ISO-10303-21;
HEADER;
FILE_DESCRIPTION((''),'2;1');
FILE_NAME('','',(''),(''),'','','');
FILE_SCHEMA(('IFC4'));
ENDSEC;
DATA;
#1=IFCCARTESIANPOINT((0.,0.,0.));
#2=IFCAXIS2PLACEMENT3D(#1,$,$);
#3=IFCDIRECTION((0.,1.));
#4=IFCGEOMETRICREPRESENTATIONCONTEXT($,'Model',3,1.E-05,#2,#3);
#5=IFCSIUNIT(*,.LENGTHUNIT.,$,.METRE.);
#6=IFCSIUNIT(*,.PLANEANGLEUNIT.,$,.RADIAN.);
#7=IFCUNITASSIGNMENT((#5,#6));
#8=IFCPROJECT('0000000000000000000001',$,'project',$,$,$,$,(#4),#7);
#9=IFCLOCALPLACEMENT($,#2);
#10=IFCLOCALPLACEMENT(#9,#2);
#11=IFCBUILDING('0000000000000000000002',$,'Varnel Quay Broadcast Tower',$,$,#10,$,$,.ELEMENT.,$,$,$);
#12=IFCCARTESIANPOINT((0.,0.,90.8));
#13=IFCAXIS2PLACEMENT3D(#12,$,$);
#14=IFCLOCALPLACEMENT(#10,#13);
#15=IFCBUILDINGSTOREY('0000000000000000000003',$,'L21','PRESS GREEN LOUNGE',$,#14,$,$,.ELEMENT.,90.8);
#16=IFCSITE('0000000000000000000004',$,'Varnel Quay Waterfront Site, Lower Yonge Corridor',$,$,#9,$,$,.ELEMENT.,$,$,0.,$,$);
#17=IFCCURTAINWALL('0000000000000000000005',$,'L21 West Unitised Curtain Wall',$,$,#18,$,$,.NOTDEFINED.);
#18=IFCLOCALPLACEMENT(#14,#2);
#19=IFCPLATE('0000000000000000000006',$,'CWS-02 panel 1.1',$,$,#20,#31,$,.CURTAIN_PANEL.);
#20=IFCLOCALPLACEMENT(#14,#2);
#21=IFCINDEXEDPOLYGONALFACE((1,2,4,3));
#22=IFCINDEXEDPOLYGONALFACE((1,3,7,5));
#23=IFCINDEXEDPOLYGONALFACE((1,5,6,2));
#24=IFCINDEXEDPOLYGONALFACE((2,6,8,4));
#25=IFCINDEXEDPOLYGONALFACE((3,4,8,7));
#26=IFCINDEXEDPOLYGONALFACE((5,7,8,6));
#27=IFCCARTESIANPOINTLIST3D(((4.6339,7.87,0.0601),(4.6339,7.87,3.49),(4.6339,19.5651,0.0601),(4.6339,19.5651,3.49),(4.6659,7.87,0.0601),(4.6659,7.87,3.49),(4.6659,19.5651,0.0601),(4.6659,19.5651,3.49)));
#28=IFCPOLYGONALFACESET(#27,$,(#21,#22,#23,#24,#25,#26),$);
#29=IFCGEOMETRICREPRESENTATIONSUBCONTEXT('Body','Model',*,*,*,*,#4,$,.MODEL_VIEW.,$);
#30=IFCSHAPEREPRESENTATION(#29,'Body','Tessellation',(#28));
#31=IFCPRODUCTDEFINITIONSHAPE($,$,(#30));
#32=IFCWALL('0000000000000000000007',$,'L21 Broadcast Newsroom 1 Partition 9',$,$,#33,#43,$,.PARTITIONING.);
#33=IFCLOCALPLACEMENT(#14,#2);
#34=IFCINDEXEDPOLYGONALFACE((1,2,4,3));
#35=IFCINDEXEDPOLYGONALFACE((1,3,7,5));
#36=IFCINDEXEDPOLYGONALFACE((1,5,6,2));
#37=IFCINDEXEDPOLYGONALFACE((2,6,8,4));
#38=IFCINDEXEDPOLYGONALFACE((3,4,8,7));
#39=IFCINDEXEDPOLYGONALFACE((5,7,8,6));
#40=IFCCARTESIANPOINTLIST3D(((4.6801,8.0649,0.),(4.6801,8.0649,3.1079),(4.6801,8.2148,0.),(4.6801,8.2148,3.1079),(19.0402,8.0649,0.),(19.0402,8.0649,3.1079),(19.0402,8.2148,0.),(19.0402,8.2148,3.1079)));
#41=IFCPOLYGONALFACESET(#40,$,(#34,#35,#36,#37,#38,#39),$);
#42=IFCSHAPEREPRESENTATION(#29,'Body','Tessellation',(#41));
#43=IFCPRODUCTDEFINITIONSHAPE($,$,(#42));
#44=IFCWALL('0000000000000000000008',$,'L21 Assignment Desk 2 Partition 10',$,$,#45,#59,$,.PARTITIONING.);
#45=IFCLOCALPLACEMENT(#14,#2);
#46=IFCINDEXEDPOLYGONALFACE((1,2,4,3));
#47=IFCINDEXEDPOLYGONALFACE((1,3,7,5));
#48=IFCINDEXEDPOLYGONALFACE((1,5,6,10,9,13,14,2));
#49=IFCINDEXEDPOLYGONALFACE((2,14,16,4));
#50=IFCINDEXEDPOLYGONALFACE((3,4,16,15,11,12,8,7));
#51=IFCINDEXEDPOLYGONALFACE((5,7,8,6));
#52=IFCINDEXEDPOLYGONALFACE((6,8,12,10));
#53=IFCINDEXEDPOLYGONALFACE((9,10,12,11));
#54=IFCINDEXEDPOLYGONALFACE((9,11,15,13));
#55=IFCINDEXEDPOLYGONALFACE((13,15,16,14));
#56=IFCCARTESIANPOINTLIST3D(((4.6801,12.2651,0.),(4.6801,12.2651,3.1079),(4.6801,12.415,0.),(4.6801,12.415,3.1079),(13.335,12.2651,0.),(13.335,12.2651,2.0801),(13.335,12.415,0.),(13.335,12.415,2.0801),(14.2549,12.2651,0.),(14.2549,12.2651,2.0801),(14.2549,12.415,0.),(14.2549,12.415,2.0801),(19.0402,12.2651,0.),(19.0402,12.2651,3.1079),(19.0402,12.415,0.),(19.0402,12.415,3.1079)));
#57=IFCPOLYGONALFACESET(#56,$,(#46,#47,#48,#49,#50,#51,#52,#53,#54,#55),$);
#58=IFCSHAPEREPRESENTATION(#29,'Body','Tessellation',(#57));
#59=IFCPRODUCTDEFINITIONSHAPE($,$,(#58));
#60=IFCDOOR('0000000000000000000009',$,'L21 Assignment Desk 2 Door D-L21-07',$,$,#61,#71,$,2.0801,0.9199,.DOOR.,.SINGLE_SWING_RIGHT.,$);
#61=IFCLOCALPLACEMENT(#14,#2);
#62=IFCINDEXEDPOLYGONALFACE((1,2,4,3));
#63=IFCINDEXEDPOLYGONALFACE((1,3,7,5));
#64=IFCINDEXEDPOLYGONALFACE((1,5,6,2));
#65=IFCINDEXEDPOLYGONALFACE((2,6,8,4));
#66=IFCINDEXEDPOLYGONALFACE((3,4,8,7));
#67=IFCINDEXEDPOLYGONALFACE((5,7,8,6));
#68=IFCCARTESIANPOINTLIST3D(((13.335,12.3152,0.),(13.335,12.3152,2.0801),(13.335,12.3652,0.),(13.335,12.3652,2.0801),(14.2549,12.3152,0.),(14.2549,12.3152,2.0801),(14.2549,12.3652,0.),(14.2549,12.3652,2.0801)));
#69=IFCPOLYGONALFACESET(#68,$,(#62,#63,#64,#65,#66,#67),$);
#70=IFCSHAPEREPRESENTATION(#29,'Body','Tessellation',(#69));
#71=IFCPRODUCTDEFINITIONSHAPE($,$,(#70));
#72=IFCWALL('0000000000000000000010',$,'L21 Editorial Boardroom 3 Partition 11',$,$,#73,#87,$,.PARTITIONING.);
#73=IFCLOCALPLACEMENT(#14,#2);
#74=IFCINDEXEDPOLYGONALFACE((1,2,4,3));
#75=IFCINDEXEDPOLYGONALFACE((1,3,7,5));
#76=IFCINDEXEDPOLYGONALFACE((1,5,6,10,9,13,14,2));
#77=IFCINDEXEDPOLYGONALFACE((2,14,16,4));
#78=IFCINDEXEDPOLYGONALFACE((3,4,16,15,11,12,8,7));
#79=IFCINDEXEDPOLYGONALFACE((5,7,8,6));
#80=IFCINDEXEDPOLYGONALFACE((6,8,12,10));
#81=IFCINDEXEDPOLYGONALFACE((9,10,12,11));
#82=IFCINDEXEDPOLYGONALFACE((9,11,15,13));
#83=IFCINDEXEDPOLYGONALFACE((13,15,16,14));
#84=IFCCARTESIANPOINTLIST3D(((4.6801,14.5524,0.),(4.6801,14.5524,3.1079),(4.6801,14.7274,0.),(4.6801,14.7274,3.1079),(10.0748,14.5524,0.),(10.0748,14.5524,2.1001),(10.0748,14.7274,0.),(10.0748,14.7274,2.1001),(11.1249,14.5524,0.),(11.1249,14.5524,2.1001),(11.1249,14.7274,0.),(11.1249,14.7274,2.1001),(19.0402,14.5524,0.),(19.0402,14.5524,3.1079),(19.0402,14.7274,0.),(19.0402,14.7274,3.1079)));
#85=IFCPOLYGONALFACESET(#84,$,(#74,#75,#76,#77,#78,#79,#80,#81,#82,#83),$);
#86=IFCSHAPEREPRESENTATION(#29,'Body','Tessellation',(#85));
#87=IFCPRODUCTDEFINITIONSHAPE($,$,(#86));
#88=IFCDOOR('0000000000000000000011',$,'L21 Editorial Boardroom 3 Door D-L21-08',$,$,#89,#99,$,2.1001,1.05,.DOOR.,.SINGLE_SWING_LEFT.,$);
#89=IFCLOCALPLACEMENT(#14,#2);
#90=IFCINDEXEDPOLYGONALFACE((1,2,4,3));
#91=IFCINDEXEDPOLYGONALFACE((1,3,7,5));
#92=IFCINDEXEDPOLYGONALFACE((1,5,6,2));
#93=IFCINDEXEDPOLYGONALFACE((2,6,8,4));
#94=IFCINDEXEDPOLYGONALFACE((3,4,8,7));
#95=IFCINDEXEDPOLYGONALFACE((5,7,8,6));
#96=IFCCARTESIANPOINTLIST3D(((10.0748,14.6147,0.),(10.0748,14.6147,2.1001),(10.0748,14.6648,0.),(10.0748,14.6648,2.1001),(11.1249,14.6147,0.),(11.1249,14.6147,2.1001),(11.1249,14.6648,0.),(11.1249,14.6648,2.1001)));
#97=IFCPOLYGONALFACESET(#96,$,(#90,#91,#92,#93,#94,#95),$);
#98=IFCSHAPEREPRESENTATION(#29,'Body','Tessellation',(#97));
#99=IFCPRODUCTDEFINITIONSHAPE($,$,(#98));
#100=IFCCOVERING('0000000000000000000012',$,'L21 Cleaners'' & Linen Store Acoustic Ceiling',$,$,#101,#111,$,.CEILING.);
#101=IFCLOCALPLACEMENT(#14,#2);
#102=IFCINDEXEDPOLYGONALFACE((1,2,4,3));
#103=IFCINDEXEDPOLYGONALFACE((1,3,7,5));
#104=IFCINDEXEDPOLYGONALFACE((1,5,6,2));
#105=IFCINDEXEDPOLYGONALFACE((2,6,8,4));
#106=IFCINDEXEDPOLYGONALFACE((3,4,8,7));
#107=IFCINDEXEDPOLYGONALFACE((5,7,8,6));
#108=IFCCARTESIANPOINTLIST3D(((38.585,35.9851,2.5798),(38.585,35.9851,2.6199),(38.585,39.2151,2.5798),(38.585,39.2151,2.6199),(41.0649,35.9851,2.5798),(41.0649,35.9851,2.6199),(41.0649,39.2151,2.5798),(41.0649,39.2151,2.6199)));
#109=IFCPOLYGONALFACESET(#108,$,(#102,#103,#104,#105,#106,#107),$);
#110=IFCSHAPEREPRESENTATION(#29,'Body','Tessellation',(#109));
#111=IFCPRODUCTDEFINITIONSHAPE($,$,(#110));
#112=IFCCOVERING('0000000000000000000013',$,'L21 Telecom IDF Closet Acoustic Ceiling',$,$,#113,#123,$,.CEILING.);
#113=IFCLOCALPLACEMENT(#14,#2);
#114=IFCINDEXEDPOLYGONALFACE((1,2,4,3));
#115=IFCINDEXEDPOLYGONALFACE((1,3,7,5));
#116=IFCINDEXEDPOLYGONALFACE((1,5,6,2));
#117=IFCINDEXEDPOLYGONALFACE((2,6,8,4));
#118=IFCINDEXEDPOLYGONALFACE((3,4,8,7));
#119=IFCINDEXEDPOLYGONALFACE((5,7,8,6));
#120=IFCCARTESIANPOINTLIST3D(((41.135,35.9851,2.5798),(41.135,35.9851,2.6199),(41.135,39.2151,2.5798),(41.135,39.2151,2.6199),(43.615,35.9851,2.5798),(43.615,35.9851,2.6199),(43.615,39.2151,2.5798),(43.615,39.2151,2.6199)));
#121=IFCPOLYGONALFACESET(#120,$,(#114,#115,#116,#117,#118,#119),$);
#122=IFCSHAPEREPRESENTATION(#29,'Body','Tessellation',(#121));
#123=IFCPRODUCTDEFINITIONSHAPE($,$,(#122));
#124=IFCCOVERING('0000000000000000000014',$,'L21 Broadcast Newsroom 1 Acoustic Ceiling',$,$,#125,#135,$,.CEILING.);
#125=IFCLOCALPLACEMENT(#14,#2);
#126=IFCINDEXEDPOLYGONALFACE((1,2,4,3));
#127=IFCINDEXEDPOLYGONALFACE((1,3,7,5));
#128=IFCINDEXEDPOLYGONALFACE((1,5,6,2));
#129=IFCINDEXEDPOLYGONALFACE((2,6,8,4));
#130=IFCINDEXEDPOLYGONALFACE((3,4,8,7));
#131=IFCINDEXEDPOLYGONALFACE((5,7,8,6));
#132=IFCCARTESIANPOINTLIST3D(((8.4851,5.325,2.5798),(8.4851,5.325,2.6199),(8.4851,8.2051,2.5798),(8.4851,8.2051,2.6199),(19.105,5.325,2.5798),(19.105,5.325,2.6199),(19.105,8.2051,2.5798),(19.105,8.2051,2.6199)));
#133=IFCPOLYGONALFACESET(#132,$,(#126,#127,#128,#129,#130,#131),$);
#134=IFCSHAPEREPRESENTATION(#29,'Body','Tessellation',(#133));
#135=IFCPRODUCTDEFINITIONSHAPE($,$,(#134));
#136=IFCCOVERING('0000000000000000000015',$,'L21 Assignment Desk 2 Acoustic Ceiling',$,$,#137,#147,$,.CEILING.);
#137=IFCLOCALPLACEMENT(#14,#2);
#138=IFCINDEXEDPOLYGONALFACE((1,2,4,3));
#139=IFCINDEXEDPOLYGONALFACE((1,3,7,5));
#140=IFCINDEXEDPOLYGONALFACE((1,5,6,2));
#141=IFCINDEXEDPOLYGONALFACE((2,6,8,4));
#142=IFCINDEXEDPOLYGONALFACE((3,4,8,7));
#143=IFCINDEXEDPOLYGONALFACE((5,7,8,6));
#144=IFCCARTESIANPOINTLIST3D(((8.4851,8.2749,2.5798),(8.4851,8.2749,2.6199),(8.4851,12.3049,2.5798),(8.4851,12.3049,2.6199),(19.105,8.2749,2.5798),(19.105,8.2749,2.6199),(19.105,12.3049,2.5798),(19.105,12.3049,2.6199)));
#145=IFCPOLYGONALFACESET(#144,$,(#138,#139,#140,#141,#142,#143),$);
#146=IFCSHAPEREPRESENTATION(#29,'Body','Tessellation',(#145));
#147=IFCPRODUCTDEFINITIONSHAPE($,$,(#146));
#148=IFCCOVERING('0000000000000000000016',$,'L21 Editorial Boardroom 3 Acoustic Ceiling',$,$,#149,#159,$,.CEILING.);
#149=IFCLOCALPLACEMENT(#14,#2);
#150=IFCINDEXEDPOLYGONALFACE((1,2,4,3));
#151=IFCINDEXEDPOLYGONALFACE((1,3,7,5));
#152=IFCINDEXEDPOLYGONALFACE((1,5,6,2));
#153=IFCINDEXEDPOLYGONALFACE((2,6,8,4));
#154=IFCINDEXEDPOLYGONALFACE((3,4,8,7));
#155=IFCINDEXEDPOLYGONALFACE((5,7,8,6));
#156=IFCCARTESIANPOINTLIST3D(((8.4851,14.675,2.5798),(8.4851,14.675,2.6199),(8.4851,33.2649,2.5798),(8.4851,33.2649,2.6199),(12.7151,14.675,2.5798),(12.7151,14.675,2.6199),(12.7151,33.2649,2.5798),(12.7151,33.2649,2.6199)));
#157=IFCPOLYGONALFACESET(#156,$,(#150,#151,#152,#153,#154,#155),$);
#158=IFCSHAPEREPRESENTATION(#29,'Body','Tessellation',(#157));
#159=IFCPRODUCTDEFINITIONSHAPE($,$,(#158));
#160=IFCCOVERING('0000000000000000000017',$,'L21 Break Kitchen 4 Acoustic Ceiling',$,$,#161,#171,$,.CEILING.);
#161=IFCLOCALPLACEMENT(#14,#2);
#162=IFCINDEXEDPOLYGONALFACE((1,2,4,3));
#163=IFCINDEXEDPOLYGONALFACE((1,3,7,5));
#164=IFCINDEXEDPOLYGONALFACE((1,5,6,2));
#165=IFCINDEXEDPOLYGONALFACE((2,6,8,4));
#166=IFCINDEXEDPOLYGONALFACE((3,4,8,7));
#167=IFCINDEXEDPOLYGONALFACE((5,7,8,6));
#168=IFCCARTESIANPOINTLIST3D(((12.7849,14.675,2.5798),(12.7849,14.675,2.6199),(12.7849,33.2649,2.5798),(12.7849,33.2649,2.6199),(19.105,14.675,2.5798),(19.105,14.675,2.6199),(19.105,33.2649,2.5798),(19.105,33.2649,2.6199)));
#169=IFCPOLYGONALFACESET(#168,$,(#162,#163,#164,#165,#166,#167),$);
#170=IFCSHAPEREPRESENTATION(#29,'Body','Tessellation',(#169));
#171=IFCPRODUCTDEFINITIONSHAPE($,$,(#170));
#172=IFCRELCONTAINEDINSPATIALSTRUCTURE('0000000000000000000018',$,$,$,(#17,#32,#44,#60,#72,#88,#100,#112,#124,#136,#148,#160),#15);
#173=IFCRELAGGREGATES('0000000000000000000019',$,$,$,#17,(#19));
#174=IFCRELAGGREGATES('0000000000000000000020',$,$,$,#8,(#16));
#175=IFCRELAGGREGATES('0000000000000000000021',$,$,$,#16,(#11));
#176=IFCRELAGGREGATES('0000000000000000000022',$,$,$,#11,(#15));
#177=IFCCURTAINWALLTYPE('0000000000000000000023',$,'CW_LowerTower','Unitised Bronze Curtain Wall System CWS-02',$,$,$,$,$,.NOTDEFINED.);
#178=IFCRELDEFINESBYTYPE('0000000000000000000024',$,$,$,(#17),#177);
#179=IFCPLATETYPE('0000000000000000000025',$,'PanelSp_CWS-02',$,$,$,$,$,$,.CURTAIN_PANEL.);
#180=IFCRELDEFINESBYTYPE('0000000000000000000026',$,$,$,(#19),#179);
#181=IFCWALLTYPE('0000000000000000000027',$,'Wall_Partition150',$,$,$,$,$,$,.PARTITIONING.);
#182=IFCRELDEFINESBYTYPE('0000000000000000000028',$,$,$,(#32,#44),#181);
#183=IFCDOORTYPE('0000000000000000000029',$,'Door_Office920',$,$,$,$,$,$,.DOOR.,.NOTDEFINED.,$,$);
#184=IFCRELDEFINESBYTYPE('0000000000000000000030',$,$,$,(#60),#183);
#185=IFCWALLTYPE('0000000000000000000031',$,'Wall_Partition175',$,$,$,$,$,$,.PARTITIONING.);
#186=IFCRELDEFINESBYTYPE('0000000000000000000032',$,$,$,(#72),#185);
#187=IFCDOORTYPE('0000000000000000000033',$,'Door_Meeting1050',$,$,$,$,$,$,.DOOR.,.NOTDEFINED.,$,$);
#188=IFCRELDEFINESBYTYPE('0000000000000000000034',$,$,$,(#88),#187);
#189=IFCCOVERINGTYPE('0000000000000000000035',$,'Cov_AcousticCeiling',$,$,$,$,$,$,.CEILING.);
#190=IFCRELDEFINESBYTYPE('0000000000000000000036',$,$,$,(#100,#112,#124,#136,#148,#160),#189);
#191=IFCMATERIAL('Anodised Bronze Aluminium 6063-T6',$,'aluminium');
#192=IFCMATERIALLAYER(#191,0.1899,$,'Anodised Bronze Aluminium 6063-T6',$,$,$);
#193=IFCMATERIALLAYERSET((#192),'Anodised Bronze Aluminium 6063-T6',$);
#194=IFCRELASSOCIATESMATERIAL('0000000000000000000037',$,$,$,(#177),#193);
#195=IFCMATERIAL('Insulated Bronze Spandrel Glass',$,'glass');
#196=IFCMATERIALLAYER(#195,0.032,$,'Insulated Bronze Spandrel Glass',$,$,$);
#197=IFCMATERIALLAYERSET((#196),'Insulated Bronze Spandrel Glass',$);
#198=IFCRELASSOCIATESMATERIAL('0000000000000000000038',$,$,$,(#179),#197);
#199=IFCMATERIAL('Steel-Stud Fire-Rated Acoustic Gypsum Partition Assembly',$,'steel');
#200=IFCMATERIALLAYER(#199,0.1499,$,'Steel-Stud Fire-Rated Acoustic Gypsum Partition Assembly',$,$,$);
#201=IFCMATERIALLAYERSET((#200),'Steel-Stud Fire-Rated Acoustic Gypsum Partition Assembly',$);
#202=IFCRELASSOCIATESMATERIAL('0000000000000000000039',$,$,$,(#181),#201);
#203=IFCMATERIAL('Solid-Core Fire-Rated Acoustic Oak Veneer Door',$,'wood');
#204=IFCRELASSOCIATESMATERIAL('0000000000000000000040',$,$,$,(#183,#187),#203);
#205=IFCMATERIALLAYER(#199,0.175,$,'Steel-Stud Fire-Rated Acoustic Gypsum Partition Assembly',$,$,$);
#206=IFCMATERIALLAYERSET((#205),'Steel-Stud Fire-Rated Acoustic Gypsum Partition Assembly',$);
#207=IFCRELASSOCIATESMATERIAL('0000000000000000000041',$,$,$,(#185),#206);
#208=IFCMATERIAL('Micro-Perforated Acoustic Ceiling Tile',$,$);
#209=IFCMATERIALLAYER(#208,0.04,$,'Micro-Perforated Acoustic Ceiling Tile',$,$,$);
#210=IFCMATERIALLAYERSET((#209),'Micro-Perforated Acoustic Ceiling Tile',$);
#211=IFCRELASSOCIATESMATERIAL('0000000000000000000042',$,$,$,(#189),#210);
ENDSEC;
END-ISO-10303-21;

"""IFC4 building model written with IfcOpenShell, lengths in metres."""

from ifc_helpers import new_model, si_unit, direction, frame, frame_2d, origin, origin_2d, place, context, subcontext, project, spatial, polyline, rectangle, outline, extrude, source, transform, mapped, material, layer, layer_set, type_object, type_shapes, element, fill, aggregate, save


model = new_model("IFC4")

# Units and contexts
model_context = context("Model", 3, precision=1e-05, world=origin(), true_north=direction((0.0, 1.0)))
body_context = subcontext(model_context, "Body", "Model", "MODEL_VIEW")
ifc_project = project(units=[si_unit("LENGTHUNIT", "METRE"), si_unit("PLANEANGLEUNIT", "RADIAN")], contexts=[model_context])

# Site, building, storey
site_placement = place(None, origin())
site = spatial("IfcSite", under=ifc_project, at=site_placement, Name="Varnel Quay Waterfront Site, Lower Yonge Corridor", CompositionType="ELEMENT", RefElevation=0.0)
building_placement = place(site_placement, origin())
building = spatial("IfcBuilding", under=site, at=building_placement, Name="Varnel Quay Broadcast Tower", CompositionType="ELEMENT")
storey_placement = place(building_placement, frame((0.0, 0.0, 90.8)))
storey = spatial("IfcBuildingStorey", under=building, at=storey_placement, Name="L21", Description="PRESS GREEN LOUNGE", CompositionType="ELEMENT", Elevation=90.8)

# Curtain wall
ifc_material_1 = material(Name="Anodised Bronze Aluminium 6063-T6", Category="aluminium")
ifc_layer_1 = layer(ifc_material_1, 0.1899, Name="Anodised Bronze Aluminium 6063-T6")
ifc_layer_set_1 = layer_set([ifc_layer_1], Name="Anodised Bronze Aluminium 6063-T6")
curtain_wall_type_1 = type_object("IfcCurtainWallType", Name="CW_LowerTower", Description="Unitised Bronze Curtain Wall System CWS-02", PredefinedType="NOTDEFINED", material=ifc_layer_set_1)
curtain_wall_1_placement = place(storey_placement, origin())
curtain_wall_1 = element("IfcCurtainWall", 1, at=curtain_wall_1_placement, inside=storey, type_object=curtain_wall_type_1, Name="L21 West Unitised Curtain Wall", PredefinedType="NOTDEFINED")

# Plate
ifc_material_2 = material(Name="Insulated Bronze Spandrel Glass", Category="glass")
ifc_layer_2 = layer(ifc_material_2, 0.032, Name="Insulated Bronze Spandrel Glass")
ifc_layer_set_2 = layer_set([ifc_layer_2], Name="Insulated Bronze Spandrel Glass")
plate_type_1 = type_object("IfcPlateType", Name="PanelSp_CWS-02", PredefinedType="CURTAIN_PANEL", material=ifc_layer_set_2)
shared_shape_1 = source(origin(), body_context, "Body", "SweptSolid", [
    extrude(rectangle(XDim=11.6951, YDim=0.032, at=origin_2d()), origin(), (0.0, 0.0, 1.0), 3.4299),
])
type_shapes(plate_type_1, [shared_shape_1])
plate_1_placement = place(storey_placement, frame((4.6499, 13.7175, 0.0601), z_axis=(0.0, 0.0, 1.0), x_axis=(0.0, 1.0, 0.0)))
plate_1 = element("IfcPlate", 2, at=plate_1_placement, type_object=plate_type_1, Name="CWS-02 panel 1.1", PredefinedType="CURTAIN_PANEL", context=body_context, shape_type="MappedRepresentation", body=[
    mapped(shared_shape_1, transform((0.0, 0.0, 0.0), x_axis=(1.0, 0.0, 0.0), y_axis=(0.0, 1.0, 0.0), z_axis=(0.0, 0.0, 1.0), scale=1.0)),
])
aggregate(curtain_wall_1, [plate_1])

# Wall
ifc_material_3 = material(Name="Steel-Stud Fire-Rated Acoustic Gypsum Partition Assembly", Category="steel")
ifc_layer_3 = layer(ifc_material_3, 0.1499, Name="Steel-Stud Fire-Rated Acoustic Gypsum Partition Assembly")
ifc_layer_set_3 = layer_set([ifc_layer_3], Name="Steel-Stud Fire-Rated Acoustic Gypsum Partition Assembly")
wall_type_1 = type_object("IfcWallType", Name="Wall_Partition150", PredefinedType="PARTITIONING", material=ifc_layer_set_3)
wall_1_placement = place(storey_placement, frame((4.6799, 8.1399, 0.0), z_axis=(0.0, 0.0, 1.0), x_axis=(1.0, 0.0, 0.0)))
element("IfcWall", 3, at=wall_1_placement, inside=storey, type_object=wall_type_1, Name="L21 Broadcast Newsroom 1 Partition 9", PredefinedType="PARTITIONING", context=body_context, shape_type="SweptSolid", body=[
    extrude(rectangle(XDim=14.3601, YDim=0.1499, at=frame_2d((7.1802, 0.0))), origin(), (0.0, 0.0, 1.0), 3.1079),
])

# Walls, openings, doors
wall_2_placement = place(storey_placement, frame((4.6799, 12.3401, 0.0), z_axis=(0.0, 0.0, 1.0), x_axis=(1.0, 0.0, 0.0)))
wall_2 = element("IfcWall", 4, at=wall_2_placement, inside=storey, type_object=wall_type_1, Name="L21 Assignment Desk 2 Partition 10", PredefinedType="PARTITIONING", context=body_context, shape_type="SweptSolid", body=[
    extrude(rectangle(XDim=14.3601, YDim=0.1499, at=frame_2d((7.1802, 0.0))), origin(), (0.0, 0.0, 1.0), 3.1079),
])
opening_1_placement = place(wall_2_placement, frame((8.655, 0.0, 0.0)))
opening_1 = element("IfcOpeningElement", 5, at=opening_1_placement, cuts=wall_2, PredefinedType="OPENING", context=body_context, shape_type="SweptSolid", body=[
    extrude(rectangle(XDim=0.9199, YDim=2.0801, at=frame_2d((0.46, 1.04))), frame((0.0, 0.085, 0.0), z_axis=(0.0, -1.0, 0.0), x_axis=(1.0, 0.0, 0.0)), (0.0, 0.0, 1.0), 0.1699),
])
ifc_material_4 = material(Name="Solid-Core Fire-Rated Acoustic Oak Veneer Door", Category="wood")
door_type_1 = type_object("IfcDoorType", Name="Door_Office920", OperationType="NOTDEFINED", PredefinedType="DOOR", material=ifc_material_4)
shared_shape_2 = source(origin(), body_context, "Body", "SweptSolid", [
    extrude(rectangle(XDim=0.9199, YDim=2.0801, at=frame_2d((0.46, 1.04))), frame((0.0, 0.0249, 0.0), z_axis=(0.0, -1.0, 0.0), x_axis=(1.0, 0.0, 0.0)), (0.0, 0.0, 1.0), 0.05),
])
type_shapes(door_type_1, [shared_shape_2])
door_1_placement = place(opening_1_placement, frame((0.9199, 0.0, 0.0), z_axis=(0.0, 0.0, 1.0), x_axis=(-1.0, 0.0, 0.0)))
door_1 = element("IfcDoor", 6, at=door_1_placement, inside=storey, type_object=door_type_1, Name="L21 Assignment Desk 2 Door D-L21-07", OperationType="SINGLE_SWING_RIGHT", OverallHeight=2.0801, OverallWidth=0.9199, PredefinedType="DOOR", context=body_context, shape_type="MappedRepresentation", body=[
    mapped(shared_shape_2, transform((0.0, 0.0, 0.0), x_axis=(1.0, 0.0, 0.0), y_axis=(0.0, 1.0, 0.0), z_axis=(0.0, 0.0, 1.0), scale=1.0)),
])
fill(opening_1, door_1)
ifc_layer_4 = layer(ifc_material_3, 0.175, Name="Steel-Stud Fire-Rated Acoustic Gypsum Partition Assembly")
ifc_layer_set_4 = layer_set([ifc_layer_4], Name="Steel-Stud Fire-Rated Acoustic Gypsum Partition Assembly")
wall_type_2 = type_object("IfcWallType", Name="Wall_Partition175", PredefinedType="PARTITIONING", material=ifc_layer_set_4)
wall_3_placement = place(storey_placement, frame((4.6799, 14.6399, 0.0), z_axis=(0.0, 0.0, 1.0), x_axis=(1.0, 0.0, 0.0)))
wall_3 = element("IfcWall", 7, at=wall_3_placement, inside=storey, type_object=wall_type_2, Name="L21 Editorial Boardroom 3 Partition 11", PredefinedType="PARTITIONING", context=body_context, shape_type="SweptSolid", body=[
    extrude(rectangle(XDim=14.3601, YDim=0.175, at=frame_2d((7.1802, 0.0))), origin(), (0.0, 0.0, 1.0), 3.1079),
])
opening_2_placement = place(wall_3_placement, frame((5.395, 0.0, 0.0)))
opening_2 = element("IfcOpeningElement", 8, at=opening_2_placement, cuts=wall_3, PredefinedType="OPENING", context=body_context, shape_type="SweptSolid", body=[
    extrude(rectangle(XDim=1.05, YDim=2.1001, at=frame_2d((0.5249, 1.05))), frame((0.0, 0.0977, 0.0), z_axis=(0.0, -1.0, 0.0), x_axis=(1.0, 0.0, 0.0)), (0.0, 0.0, 1.0), 0.1951),
])
door_type_2 = type_object("IfcDoorType", Name="Door_Meeting1050", OperationType="NOTDEFINED", PredefinedType="DOOR", material=ifc_material_4)
shared_shape_3 = source(origin(), body_context, "Body", "SweptSolid", [
    extrude(rectangle(XDim=1.05, YDim=2.1001, at=frame_2d((0.5249, 1.05))), frame((0.0, 0.0249, 0.0), z_axis=(0.0, -1.0, 0.0), x_axis=(1.0, 0.0, 0.0)), (0.0, 0.0, 1.0), 0.05),
])
type_shapes(door_type_2, [shared_shape_3])
door_2_placement = place(opening_2_placement, origin())
door_2 = element("IfcDoor", 9, at=door_2_placement, inside=storey, type_object=door_type_2, Name="L21 Editorial Boardroom 3 Door D-L21-08", OperationType="SINGLE_SWING_LEFT", OverallHeight=2.1001, OverallWidth=1.05, PredefinedType="DOOR", context=body_context, shape_type="MappedRepresentation", body=[
    mapped(shared_shape_3, transform((0.0, 0.0, 0.0), x_axis=(1.0, 0.0, 0.0), y_axis=(0.0, 1.0, 0.0), z_axis=(0.0, 0.0, 1.0), scale=1.0)),
])
fill(opening_2, door_2)

# Coverings
ifc_material_5 = material(Name="Micro-Perforated Acoustic Ceiling Tile")
ifc_layer_5 = layer(ifc_material_5, 0.04, Name="Micro-Perforated Acoustic Ceiling Tile")
ifc_layer_set_5 = layer_set([ifc_layer_5], Name="Micro-Perforated Acoustic Ceiling Tile")
covering_type_1 = type_object("IfcCoveringType", Name="Cov_AcousticCeiling", PredefinedType="CEILING", material=ifc_layer_set_5)
covering_1_placement = place(storey_placement, frame((0.0, 0.0, 2.5798)))
element("IfcCovering", 10, at=covering_1_placement, inside=storey, type_object=covering_type_1, Name="L21 Cleaners' & Linen Store Acoustic Ceiling", PredefinedType="CEILING", context=body_context, shape_type="SweptSolid", body=[
    extrude(outline(polyline([(38.585, 35.9851), (41.0649, 35.9851), (41.0649, 39.2151), (38.585, 39.2151), (38.585, 35.9851)])), origin(), (0.0, 0.0, 1.0), 0.04),
])
covering_2_placement = place(storey_placement, frame((0.0, 0.0, 2.5798)))
element("IfcCovering", 11, at=covering_2_placement, inside=storey, type_object=covering_type_1, Name="L21 Telecom IDF Closet Acoustic Ceiling", PredefinedType="CEILING", context=body_context, shape_type="SweptSolid", body=[
    extrude(outline(polyline([(41.135, 35.9851), (43.615, 35.9851), (43.615, 39.2151), (41.135, 39.2151), (41.135, 35.9851)])), origin(), (0.0, 0.0, 1.0), 0.04),
])
covering_3_placement = place(storey_placement, frame((0.0, 0.0, 2.5798)))
element("IfcCovering", 12, at=covering_3_placement, inside=storey, type_object=covering_type_1, Name="L21 Broadcast Newsroom 1 Acoustic Ceiling", PredefinedType="CEILING", context=body_context, shape_type="SweptSolid", body=[
    extrude(outline(polyline([(8.4851, 5.325), (19.105, 5.325), (19.105, 8.2051), (8.4851, 8.2051), (8.4851, 5.325)])), origin(), (0.0, 0.0, 1.0), 0.04),
])
covering_4_placement = place(storey_placement, frame((0.0, 0.0, 2.5798)))
element("IfcCovering", 13, at=covering_4_placement, inside=storey, type_object=covering_type_1, Name="L21 Assignment Desk 2 Acoustic Ceiling", PredefinedType="CEILING", context=body_context, shape_type="SweptSolid", body=[
    extrude(outline(polyline([(8.4851, 8.2749), (19.105, 8.2749), (19.105, 12.3049), (8.4851, 12.3049), (8.4851, 8.2749)])), origin(), (0.0, 0.0, 1.0), 0.04),
])
covering_5_placement = place(storey_placement, frame((0.0, 0.0, 2.5798)))
element("IfcCovering", 14, at=covering_5_placement, inside=storey, type_object=covering_type_1, Name="L21 Editorial Boardroom 3 Acoustic Ceiling", PredefinedType="CEILING", context=body_context, shape_type="SweptSolid", body=[
    extrude(outline(polyline([(8.4851, 14.675), (12.7151, 14.675), (12.7151, 33.2649), (8.4851, 33.2649), (8.4851, 14.675)])), origin(), (0.0, 0.0, 1.0), 0.04),
])
covering_6_placement = place(storey_placement, frame((0.0, 0.0, 2.5798)))
element("IfcCovering", 15, at=covering_6_placement, inside=storey, type_object=covering_type_1, Name="L21 Break Kitchen 4 Acoustic Ceiling", PredefinedType="CEILING", context=body_context, shape_type="SweptSolid", body=[
    extrude(outline(polyline([(12.7849, 14.675), (19.105, 14.675), (19.105, 33.2649), (12.7849, 33.2649), (12.7849, 14.675)])), origin(), (0.0, 0.0, 1.0), 0.04),
])

save(model, "model.ifc")
